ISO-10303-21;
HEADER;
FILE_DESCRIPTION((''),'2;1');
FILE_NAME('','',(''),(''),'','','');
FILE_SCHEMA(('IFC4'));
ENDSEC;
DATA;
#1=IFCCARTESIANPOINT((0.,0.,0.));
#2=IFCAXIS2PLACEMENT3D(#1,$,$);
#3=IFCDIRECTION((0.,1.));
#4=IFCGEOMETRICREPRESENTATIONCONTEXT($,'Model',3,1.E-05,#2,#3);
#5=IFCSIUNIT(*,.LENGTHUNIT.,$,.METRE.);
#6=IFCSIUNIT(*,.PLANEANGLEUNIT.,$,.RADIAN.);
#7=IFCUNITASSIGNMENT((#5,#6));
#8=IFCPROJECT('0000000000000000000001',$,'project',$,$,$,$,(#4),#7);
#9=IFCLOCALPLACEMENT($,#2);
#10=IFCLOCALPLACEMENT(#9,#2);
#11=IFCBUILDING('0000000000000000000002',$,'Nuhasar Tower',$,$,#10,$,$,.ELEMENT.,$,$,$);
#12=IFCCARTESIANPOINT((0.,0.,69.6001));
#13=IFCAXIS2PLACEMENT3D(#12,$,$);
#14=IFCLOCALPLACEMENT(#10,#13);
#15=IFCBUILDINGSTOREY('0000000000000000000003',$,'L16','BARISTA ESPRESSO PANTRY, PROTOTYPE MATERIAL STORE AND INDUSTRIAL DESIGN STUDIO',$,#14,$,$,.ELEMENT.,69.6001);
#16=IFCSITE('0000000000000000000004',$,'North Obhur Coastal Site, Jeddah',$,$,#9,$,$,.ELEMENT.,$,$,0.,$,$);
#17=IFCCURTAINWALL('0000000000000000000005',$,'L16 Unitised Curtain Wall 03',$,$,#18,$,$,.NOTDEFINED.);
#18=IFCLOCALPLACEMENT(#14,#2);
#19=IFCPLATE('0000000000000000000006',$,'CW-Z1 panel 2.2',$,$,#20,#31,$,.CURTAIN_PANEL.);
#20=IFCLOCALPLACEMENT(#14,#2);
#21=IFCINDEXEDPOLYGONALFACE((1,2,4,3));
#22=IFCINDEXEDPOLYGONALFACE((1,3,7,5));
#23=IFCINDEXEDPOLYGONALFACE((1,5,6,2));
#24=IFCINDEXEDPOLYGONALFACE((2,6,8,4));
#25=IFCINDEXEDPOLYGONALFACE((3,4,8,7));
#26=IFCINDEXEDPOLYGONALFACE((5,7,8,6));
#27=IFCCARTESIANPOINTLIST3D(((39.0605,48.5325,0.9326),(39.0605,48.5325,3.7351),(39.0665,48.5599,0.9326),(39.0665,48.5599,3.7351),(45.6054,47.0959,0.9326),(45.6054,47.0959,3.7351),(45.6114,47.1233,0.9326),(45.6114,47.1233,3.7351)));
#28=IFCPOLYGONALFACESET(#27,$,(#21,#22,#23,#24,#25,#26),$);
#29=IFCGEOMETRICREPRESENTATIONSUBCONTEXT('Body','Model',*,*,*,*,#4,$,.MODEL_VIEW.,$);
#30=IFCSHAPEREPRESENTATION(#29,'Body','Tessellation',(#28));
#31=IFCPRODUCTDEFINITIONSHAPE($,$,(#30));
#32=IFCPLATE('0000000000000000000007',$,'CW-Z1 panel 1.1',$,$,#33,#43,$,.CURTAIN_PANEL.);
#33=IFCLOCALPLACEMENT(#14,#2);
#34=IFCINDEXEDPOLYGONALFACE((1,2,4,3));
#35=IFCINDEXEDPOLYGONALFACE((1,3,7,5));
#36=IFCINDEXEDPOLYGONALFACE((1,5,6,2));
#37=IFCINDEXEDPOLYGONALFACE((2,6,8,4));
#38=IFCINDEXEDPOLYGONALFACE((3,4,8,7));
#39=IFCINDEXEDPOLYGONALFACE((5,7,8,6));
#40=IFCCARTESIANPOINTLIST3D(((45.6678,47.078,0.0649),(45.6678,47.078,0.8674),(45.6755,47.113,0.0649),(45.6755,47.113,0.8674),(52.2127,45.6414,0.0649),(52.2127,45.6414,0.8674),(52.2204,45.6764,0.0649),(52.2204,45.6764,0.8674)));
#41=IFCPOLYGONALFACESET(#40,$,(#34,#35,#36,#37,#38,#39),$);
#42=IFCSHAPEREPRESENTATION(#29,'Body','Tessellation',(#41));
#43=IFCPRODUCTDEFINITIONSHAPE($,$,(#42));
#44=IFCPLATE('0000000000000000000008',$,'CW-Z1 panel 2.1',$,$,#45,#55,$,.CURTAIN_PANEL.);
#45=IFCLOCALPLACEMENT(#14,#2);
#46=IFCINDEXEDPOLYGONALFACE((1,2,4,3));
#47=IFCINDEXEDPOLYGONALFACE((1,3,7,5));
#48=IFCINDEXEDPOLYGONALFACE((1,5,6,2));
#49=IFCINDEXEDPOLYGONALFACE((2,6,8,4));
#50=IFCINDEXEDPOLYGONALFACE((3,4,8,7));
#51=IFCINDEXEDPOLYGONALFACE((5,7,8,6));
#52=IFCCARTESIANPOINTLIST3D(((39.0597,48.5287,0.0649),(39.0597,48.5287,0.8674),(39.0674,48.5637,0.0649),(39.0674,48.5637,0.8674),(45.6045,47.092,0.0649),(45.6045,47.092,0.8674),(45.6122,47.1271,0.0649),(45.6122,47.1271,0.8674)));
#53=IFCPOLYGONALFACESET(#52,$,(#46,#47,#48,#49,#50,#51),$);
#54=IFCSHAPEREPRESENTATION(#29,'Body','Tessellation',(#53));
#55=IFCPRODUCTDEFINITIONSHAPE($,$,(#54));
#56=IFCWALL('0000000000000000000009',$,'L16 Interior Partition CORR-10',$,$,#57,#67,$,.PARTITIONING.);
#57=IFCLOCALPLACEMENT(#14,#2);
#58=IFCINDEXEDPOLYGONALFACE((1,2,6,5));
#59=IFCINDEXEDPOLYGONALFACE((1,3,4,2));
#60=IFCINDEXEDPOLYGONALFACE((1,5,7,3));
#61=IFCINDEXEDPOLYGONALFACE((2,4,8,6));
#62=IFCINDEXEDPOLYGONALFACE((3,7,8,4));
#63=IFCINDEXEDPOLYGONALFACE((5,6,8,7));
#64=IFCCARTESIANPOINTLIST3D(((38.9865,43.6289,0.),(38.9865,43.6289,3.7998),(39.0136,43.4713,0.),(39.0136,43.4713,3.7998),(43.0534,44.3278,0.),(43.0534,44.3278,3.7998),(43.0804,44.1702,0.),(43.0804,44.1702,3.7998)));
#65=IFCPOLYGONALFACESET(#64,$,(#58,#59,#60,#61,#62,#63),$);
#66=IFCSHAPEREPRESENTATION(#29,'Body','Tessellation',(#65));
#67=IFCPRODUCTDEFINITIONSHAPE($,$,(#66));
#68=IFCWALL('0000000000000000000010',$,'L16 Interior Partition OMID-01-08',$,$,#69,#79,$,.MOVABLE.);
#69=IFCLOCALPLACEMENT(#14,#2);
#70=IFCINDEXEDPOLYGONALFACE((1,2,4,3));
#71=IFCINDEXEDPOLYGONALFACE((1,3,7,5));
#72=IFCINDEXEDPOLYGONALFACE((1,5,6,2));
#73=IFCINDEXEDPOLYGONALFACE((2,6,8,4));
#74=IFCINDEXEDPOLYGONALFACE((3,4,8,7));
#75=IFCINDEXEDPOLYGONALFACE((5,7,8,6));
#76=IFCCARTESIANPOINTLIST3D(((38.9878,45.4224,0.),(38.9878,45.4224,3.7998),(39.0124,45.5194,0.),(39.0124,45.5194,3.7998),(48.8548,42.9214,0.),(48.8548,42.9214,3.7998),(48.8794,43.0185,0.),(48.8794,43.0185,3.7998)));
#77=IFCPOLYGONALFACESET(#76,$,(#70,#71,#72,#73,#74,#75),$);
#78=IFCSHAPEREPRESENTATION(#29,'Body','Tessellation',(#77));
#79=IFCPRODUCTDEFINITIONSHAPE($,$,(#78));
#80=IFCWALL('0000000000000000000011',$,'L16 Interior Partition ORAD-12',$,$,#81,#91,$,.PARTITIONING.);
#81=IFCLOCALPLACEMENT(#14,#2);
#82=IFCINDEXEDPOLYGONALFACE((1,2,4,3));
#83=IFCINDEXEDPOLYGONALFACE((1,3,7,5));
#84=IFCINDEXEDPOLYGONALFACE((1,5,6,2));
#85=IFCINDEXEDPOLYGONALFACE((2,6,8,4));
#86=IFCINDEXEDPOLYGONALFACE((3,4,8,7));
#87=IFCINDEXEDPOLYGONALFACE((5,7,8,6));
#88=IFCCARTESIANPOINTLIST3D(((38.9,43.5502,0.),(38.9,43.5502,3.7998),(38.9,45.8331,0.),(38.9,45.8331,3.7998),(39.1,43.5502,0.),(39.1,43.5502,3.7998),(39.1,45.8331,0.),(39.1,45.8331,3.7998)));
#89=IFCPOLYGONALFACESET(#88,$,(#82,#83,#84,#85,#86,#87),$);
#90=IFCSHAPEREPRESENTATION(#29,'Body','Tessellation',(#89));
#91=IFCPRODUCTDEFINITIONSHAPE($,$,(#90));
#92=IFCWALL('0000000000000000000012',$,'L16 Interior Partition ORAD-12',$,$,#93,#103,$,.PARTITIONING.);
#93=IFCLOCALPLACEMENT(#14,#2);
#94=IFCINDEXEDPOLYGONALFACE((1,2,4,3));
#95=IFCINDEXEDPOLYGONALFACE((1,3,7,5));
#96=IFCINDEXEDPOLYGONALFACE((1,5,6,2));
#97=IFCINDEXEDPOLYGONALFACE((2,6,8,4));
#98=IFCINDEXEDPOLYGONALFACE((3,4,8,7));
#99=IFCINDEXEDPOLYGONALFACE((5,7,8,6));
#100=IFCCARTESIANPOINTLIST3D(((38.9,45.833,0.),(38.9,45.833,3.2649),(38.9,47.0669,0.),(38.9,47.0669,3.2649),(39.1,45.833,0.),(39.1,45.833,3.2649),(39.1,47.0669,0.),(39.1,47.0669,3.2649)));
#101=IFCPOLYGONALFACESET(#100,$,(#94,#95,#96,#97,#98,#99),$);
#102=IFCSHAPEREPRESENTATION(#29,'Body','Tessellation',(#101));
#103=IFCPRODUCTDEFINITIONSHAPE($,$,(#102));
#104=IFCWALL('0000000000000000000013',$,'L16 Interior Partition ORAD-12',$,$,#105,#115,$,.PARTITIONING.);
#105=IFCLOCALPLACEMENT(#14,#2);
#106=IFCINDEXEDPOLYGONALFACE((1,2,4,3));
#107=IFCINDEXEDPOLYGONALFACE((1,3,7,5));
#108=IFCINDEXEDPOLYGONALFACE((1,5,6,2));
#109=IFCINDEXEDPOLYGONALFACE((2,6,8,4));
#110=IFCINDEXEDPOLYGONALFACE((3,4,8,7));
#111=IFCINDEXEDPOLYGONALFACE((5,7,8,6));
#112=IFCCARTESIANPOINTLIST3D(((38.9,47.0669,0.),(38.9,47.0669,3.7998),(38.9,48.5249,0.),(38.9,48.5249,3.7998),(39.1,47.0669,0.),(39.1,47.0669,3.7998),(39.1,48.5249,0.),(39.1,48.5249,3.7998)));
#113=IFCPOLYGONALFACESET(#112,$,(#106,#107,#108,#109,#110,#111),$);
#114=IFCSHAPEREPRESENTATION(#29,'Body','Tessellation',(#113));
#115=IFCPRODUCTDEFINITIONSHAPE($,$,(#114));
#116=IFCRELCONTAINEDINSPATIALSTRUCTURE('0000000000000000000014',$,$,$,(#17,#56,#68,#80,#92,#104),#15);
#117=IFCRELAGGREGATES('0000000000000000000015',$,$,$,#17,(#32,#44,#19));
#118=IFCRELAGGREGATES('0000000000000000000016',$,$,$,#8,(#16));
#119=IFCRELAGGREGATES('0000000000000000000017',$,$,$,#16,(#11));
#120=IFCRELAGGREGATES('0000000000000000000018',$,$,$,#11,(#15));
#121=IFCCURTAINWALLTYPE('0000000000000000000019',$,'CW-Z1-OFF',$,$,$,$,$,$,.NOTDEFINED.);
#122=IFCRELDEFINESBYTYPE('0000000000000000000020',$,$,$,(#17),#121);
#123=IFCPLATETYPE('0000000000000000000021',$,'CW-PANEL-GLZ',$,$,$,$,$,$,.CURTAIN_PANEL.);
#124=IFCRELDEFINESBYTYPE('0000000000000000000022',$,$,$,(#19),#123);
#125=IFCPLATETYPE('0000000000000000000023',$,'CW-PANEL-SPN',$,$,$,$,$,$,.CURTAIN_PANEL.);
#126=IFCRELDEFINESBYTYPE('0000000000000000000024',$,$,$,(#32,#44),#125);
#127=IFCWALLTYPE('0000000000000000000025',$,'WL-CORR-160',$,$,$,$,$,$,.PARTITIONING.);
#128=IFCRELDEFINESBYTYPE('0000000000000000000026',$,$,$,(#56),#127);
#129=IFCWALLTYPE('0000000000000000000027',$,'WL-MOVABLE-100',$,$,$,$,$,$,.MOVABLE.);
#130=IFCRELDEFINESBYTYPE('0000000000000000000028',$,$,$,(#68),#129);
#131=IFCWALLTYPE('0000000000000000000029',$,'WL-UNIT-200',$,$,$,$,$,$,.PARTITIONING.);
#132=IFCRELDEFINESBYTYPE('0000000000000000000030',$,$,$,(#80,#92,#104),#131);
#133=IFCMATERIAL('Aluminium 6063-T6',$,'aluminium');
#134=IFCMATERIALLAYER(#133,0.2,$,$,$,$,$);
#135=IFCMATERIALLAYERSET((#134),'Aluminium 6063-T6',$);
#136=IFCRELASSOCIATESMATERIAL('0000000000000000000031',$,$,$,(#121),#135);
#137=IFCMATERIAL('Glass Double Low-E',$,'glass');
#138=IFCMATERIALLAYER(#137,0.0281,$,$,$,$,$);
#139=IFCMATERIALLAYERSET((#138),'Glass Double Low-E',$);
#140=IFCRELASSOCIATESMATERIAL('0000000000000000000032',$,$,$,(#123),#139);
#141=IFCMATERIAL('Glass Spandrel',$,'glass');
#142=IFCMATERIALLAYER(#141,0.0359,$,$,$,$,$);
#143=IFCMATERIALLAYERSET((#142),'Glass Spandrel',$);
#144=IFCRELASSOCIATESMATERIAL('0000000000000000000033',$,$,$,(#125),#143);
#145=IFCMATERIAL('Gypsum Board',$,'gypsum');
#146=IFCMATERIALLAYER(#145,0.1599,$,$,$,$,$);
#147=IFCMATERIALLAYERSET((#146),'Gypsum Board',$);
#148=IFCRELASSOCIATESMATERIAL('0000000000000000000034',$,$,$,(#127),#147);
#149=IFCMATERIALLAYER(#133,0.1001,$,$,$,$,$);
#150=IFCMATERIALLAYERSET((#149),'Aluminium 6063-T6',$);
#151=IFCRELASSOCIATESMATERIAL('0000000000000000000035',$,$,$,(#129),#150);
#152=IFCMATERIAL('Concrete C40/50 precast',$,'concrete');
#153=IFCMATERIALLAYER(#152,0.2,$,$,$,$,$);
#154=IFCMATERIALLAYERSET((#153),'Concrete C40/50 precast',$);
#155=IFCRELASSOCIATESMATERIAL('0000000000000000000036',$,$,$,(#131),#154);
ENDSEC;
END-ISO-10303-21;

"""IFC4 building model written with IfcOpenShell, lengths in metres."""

from ifc_helpers import new_model, si_unit, direction, frame, frame_2d, origin, origin_2d, place, context, subcontext, project, spatial, rectangle, extrude, material, layer, layer_set, type_object, element, aggregate, save


model = new_model("IFC4")

# Units and contexts
model_context = context("Model", 3, precision=1e-05, world=origin(), true_north=direction((0.0, 1.0)))
body_context = subcontext(model_context, "Body", "Model", "MODEL_VIEW")
ifc_project = project(units=[si_unit("LENGTHUNIT", "METRE"), si_unit("PLANEANGLEUNIT", "RADIAN")], contexts=[model_context])

# Site, building, storey
site_placement = place(None, origin())
site = spatial("IfcSite", under=ifc_project, at=site_placement, Name="North Obhur Coastal Site, Jeddah", CompositionType="ELEMENT", RefElevation=0.0)
building_placement = place(site_placement, origin())
building = spatial("IfcBuilding", under=site, at=building_placement, Name="Nuhasar Tower", CompositionType="ELEMENT")
storey_placement = place(building_placement, frame((0.0, 0.0, 69.6001)))
storey = spatial("IfcBuildingStorey", under=building, at=storey_placement, Name="L16", Description="BARISTA ESPRESSO PANTRY, PROTOTYPE MATERIAL STORE AND INDUSTRIAL DESIGN STUDIO", CompositionType="ELEMENT", Elevation=69.6001)

# Curtain wall
ifc_material_1 = material(Name="Aluminium 6063-T6", Category="aluminium")
ifc_layer_1 = layer(ifc_material_1, 0.2)
ifc_layer_set_1 = layer_set([ifc_layer_1], Name="Aluminium 6063-T6")
curtain_wall_type = type_object("IfcCurtainWallType", Name="CW-Z1-OFF", PredefinedType="NOTDEFINED", material=ifc_layer_set_1)
curtain_wall_placement = place(storey_placement, origin())
curtain_wall = element("IfcCurtainWall", 1, at=curtain_wall_placement, inside=storey, type_object=curtain_wall_type, Name="L16 Unitised Curtain Wall 03", PredefinedType="NOTDEFINED")

# Plates
ifc_material_2 = material(Name="Glass Double Low-E", Category="glass")
ifc_layer_2 = layer(ifc_material_2, 0.0281)
ifc_layer_set_2 = layer_set([ifc_layer_2], Name="Glass Double Low-E")
plate_type_1 = type_object("IfcPlateType", Name="CW-PANEL-GLZ", PredefinedType="CURTAIN_PANEL", material=ifc_layer_set_2)
plate_1_placement = place(storey_placement, frame((42.3359, 47.8279, 0.9326), z_axis=(0.0, 0.0, 1.0), x_axis=(-0.976746, 0.214399, 0.0)))
plate_1 = element("IfcPlate", 2, at=plate_1_placement, type_object=plate_type_1, Name="CW-Z1 panel 2.2", PredefinedType="CURTAIN_PANEL", context=body_context, shape_type="SweptSolid", body=[
    extrude(rectangle(XDim=6.7007, YDim=0.0281, at=origin_2d()), origin(), (0.0, 0.0, 1.0), 2.8025),
])
ifc_material_3 = material(Name="Glass Spandrel", Category="glass")
ifc_layer_3 = layer(ifc_material_3, 0.0359)
ifc_layer_set_3 = layer_set([ifc_layer_3], Name="Glass Spandrel")
plate_type_2 = type_object("IfcPlateType", Name="CW-PANEL-SPN", PredefinedType="CURTAIN_PANEL", material=ifc_layer_set_3)
plate_2_placement = place(storey_placement, frame((48.9441, 46.3772, 0.0649), z_axis=(0.0, 0.0, 1.0), x_axis=(-0.976746, 0.214399, 0.0)))
plate_2 = element("IfcPlate", 3, at=plate_2_placement, type_object=plate_type_2, Name="CW-Z1 panel 1.1", PredefinedType="CURTAIN_PANEL", context=body_context, shape_type="SweptSolid", body=[
    extrude(rectangle(XDim=6.7007, YDim=0.0359, at=origin_2d()), origin(), (0.0, 0.0, 1.0), 0.8025),
])
plate_3_placement = place(storey_placement, frame((42.3359, 47.8279, 0.0649), z_axis=(0.0, 0.0, 1.0), x_axis=(-0.976746, 0.214399, 0.0)))
plate_3 = element("IfcPlate", 4, at=plate_3_placement, type_object=plate_type_2, Name="CW-Z1 panel 2.1", PredefinedType="CURTAIN_PANEL", context=body_context, shape_type="SweptSolid", body=[
    extrude(rectangle(XDim=6.7007, YDim=0.0359, at=origin_2d()), origin(), (0.0, 0.0, 1.0), 0.8025),
])
aggregate(curtain_wall, [plate_2, plate_3, plate_1])

# Walls
ifc_material_4 = material(Name="Gypsum Board", Category="gypsum")
ifc_layer_4 = layer(ifc_material_4, 0.1599)
ifc_layer_set_4 = layer_set([ifc_layer_4], Name="Gypsum Board")
wall_type_1 = type_object("IfcWallType", Name="WL-CORR-160", PredefinedType="PARTITIONING", material=ifc_layer_set_4)
wall_1_placement = place(storey_placement, frame((43.0669, 44.249, 0.0), z_axis=(0.0, 0.0, 1.0), x_axis=(-0.98555, -0.169386, 0.0)))
element("IfcWall", 5, at=wall_1_placement, inside=storey, type_object=wall_type_1, Name="L16 Interior Partition CORR-10", PredefinedType="PARTITIONING", context=body_context, shape_type="SweptSolid", body=[
    extrude(rectangle(XDim=4.1265, YDim=0.1599, at=frame_2d((2.0632, 0.0))), origin(), (0.0, 0.0, 1.0), 3.7998),
])
ifc_layer_5 = layer(ifc_material_1, 0.1001)
ifc_layer_set_5 = layer_set([ifc_layer_5], Name="Aluminium 6063-T6")
wall_type_2 = type_object("IfcWallType", Name="WL-MOVABLE-100", PredefinedType="MOVABLE", material=ifc_layer_set_5)
wall_2_placement = place(storey_placement, frame((48.8669, 42.97, 0.0), z_axis=(0.0, 0.0, 1.0), x_axis=(-0.969346, 0.2457, 0.0)))
element("IfcWall", 6, at=wall_2_placement, inside=storey, type_object=wall_type_2, Name="L16 Interior Partition OMID-01-08", PredefinedType="MOVABLE", context=body_context, shape_type="SweptSolid", body=[
    extrude(rectangle(XDim=10.179, YDim=0.1001, at=frame_2d((5.0894, 0.0))), origin(), (0.0, 0.0, 1.0), 3.7998),
])
ifc_material_5 = material(Name="Concrete C40/50 precast", Category="concrete")
ifc_layer_6 = layer(ifc_material_5, 0.2)
ifc_layer_set_6 = layer_set([ifc_layer_6], Name="Concrete C40/50 precast")
wall_type_3 = type_object("IfcWallType", Name="WL-UNIT-200", PredefinedType="PARTITIONING", material=ifc_layer_set_6)
wall_3_placement = place(storey_placement, frame((39.0, 43.55, 0.0), z_axis=(0.0, 0.0, 1.0), x_axis=(0.0, 1.0, 0.0)))
element("IfcWall", 7, at=wall_3_placement, inside=storey, type_object=wall_type_3, Name="L16 Interior Partition ORAD-12", PredefinedType="PARTITIONING", context=body_context, shape_type="SweptSolid", body=[
    extrude(rectangle(XDim=2.283, YDim=0.2, at=frame_2d((1.1416, 0.0))), origin(), (0.0, 0.0, 1.0), 3.7998),
])
wall_4_placement = place(storey_placement, frame((39.0, 45.833, 0.0), z_axis=(0.0, 0.0, 1.0), x_axis=(0.0, 1.0, 0.0)))
element("IfcWall", 8, at=wall_4_placement, inside=storey, type_object=wall_type_3, Name="L16 Interior Partition ORAD-12", PredefinedType="PARTITIONING", context=body_context, shape_type="SweptSolid", body=[
    extrude(rectangle(XDim=1.2339, YDim=0.2, at=frame_2d((0.6169, 0.0))), origin(), (0.0, 0.0, 1.0), 3.2649),
])
wall_5_placement = place(storey_placement, frame((39.0, 47.0669, 0.0), z_axis=(0.0, 0.0, 1.0), x_axis=(0.0, 1.0, 0.0)))
element("IfcWall", 9, at=wall_5_placement, inside=storey, type_object=wall_type_3, Name="L16 Interior Partition ORAD-12", PredefinedType="PARTITIONING", context=body_context, shape_type="SweptSolid", body=[
    extrude(rectangle(XDim=1.458, YDim=0.2, at=frame_2d((0.729, 0.0))), origin(), (0.0, 0.0, 1.0), 3.7998),
])

save(model, "model.ifc")
